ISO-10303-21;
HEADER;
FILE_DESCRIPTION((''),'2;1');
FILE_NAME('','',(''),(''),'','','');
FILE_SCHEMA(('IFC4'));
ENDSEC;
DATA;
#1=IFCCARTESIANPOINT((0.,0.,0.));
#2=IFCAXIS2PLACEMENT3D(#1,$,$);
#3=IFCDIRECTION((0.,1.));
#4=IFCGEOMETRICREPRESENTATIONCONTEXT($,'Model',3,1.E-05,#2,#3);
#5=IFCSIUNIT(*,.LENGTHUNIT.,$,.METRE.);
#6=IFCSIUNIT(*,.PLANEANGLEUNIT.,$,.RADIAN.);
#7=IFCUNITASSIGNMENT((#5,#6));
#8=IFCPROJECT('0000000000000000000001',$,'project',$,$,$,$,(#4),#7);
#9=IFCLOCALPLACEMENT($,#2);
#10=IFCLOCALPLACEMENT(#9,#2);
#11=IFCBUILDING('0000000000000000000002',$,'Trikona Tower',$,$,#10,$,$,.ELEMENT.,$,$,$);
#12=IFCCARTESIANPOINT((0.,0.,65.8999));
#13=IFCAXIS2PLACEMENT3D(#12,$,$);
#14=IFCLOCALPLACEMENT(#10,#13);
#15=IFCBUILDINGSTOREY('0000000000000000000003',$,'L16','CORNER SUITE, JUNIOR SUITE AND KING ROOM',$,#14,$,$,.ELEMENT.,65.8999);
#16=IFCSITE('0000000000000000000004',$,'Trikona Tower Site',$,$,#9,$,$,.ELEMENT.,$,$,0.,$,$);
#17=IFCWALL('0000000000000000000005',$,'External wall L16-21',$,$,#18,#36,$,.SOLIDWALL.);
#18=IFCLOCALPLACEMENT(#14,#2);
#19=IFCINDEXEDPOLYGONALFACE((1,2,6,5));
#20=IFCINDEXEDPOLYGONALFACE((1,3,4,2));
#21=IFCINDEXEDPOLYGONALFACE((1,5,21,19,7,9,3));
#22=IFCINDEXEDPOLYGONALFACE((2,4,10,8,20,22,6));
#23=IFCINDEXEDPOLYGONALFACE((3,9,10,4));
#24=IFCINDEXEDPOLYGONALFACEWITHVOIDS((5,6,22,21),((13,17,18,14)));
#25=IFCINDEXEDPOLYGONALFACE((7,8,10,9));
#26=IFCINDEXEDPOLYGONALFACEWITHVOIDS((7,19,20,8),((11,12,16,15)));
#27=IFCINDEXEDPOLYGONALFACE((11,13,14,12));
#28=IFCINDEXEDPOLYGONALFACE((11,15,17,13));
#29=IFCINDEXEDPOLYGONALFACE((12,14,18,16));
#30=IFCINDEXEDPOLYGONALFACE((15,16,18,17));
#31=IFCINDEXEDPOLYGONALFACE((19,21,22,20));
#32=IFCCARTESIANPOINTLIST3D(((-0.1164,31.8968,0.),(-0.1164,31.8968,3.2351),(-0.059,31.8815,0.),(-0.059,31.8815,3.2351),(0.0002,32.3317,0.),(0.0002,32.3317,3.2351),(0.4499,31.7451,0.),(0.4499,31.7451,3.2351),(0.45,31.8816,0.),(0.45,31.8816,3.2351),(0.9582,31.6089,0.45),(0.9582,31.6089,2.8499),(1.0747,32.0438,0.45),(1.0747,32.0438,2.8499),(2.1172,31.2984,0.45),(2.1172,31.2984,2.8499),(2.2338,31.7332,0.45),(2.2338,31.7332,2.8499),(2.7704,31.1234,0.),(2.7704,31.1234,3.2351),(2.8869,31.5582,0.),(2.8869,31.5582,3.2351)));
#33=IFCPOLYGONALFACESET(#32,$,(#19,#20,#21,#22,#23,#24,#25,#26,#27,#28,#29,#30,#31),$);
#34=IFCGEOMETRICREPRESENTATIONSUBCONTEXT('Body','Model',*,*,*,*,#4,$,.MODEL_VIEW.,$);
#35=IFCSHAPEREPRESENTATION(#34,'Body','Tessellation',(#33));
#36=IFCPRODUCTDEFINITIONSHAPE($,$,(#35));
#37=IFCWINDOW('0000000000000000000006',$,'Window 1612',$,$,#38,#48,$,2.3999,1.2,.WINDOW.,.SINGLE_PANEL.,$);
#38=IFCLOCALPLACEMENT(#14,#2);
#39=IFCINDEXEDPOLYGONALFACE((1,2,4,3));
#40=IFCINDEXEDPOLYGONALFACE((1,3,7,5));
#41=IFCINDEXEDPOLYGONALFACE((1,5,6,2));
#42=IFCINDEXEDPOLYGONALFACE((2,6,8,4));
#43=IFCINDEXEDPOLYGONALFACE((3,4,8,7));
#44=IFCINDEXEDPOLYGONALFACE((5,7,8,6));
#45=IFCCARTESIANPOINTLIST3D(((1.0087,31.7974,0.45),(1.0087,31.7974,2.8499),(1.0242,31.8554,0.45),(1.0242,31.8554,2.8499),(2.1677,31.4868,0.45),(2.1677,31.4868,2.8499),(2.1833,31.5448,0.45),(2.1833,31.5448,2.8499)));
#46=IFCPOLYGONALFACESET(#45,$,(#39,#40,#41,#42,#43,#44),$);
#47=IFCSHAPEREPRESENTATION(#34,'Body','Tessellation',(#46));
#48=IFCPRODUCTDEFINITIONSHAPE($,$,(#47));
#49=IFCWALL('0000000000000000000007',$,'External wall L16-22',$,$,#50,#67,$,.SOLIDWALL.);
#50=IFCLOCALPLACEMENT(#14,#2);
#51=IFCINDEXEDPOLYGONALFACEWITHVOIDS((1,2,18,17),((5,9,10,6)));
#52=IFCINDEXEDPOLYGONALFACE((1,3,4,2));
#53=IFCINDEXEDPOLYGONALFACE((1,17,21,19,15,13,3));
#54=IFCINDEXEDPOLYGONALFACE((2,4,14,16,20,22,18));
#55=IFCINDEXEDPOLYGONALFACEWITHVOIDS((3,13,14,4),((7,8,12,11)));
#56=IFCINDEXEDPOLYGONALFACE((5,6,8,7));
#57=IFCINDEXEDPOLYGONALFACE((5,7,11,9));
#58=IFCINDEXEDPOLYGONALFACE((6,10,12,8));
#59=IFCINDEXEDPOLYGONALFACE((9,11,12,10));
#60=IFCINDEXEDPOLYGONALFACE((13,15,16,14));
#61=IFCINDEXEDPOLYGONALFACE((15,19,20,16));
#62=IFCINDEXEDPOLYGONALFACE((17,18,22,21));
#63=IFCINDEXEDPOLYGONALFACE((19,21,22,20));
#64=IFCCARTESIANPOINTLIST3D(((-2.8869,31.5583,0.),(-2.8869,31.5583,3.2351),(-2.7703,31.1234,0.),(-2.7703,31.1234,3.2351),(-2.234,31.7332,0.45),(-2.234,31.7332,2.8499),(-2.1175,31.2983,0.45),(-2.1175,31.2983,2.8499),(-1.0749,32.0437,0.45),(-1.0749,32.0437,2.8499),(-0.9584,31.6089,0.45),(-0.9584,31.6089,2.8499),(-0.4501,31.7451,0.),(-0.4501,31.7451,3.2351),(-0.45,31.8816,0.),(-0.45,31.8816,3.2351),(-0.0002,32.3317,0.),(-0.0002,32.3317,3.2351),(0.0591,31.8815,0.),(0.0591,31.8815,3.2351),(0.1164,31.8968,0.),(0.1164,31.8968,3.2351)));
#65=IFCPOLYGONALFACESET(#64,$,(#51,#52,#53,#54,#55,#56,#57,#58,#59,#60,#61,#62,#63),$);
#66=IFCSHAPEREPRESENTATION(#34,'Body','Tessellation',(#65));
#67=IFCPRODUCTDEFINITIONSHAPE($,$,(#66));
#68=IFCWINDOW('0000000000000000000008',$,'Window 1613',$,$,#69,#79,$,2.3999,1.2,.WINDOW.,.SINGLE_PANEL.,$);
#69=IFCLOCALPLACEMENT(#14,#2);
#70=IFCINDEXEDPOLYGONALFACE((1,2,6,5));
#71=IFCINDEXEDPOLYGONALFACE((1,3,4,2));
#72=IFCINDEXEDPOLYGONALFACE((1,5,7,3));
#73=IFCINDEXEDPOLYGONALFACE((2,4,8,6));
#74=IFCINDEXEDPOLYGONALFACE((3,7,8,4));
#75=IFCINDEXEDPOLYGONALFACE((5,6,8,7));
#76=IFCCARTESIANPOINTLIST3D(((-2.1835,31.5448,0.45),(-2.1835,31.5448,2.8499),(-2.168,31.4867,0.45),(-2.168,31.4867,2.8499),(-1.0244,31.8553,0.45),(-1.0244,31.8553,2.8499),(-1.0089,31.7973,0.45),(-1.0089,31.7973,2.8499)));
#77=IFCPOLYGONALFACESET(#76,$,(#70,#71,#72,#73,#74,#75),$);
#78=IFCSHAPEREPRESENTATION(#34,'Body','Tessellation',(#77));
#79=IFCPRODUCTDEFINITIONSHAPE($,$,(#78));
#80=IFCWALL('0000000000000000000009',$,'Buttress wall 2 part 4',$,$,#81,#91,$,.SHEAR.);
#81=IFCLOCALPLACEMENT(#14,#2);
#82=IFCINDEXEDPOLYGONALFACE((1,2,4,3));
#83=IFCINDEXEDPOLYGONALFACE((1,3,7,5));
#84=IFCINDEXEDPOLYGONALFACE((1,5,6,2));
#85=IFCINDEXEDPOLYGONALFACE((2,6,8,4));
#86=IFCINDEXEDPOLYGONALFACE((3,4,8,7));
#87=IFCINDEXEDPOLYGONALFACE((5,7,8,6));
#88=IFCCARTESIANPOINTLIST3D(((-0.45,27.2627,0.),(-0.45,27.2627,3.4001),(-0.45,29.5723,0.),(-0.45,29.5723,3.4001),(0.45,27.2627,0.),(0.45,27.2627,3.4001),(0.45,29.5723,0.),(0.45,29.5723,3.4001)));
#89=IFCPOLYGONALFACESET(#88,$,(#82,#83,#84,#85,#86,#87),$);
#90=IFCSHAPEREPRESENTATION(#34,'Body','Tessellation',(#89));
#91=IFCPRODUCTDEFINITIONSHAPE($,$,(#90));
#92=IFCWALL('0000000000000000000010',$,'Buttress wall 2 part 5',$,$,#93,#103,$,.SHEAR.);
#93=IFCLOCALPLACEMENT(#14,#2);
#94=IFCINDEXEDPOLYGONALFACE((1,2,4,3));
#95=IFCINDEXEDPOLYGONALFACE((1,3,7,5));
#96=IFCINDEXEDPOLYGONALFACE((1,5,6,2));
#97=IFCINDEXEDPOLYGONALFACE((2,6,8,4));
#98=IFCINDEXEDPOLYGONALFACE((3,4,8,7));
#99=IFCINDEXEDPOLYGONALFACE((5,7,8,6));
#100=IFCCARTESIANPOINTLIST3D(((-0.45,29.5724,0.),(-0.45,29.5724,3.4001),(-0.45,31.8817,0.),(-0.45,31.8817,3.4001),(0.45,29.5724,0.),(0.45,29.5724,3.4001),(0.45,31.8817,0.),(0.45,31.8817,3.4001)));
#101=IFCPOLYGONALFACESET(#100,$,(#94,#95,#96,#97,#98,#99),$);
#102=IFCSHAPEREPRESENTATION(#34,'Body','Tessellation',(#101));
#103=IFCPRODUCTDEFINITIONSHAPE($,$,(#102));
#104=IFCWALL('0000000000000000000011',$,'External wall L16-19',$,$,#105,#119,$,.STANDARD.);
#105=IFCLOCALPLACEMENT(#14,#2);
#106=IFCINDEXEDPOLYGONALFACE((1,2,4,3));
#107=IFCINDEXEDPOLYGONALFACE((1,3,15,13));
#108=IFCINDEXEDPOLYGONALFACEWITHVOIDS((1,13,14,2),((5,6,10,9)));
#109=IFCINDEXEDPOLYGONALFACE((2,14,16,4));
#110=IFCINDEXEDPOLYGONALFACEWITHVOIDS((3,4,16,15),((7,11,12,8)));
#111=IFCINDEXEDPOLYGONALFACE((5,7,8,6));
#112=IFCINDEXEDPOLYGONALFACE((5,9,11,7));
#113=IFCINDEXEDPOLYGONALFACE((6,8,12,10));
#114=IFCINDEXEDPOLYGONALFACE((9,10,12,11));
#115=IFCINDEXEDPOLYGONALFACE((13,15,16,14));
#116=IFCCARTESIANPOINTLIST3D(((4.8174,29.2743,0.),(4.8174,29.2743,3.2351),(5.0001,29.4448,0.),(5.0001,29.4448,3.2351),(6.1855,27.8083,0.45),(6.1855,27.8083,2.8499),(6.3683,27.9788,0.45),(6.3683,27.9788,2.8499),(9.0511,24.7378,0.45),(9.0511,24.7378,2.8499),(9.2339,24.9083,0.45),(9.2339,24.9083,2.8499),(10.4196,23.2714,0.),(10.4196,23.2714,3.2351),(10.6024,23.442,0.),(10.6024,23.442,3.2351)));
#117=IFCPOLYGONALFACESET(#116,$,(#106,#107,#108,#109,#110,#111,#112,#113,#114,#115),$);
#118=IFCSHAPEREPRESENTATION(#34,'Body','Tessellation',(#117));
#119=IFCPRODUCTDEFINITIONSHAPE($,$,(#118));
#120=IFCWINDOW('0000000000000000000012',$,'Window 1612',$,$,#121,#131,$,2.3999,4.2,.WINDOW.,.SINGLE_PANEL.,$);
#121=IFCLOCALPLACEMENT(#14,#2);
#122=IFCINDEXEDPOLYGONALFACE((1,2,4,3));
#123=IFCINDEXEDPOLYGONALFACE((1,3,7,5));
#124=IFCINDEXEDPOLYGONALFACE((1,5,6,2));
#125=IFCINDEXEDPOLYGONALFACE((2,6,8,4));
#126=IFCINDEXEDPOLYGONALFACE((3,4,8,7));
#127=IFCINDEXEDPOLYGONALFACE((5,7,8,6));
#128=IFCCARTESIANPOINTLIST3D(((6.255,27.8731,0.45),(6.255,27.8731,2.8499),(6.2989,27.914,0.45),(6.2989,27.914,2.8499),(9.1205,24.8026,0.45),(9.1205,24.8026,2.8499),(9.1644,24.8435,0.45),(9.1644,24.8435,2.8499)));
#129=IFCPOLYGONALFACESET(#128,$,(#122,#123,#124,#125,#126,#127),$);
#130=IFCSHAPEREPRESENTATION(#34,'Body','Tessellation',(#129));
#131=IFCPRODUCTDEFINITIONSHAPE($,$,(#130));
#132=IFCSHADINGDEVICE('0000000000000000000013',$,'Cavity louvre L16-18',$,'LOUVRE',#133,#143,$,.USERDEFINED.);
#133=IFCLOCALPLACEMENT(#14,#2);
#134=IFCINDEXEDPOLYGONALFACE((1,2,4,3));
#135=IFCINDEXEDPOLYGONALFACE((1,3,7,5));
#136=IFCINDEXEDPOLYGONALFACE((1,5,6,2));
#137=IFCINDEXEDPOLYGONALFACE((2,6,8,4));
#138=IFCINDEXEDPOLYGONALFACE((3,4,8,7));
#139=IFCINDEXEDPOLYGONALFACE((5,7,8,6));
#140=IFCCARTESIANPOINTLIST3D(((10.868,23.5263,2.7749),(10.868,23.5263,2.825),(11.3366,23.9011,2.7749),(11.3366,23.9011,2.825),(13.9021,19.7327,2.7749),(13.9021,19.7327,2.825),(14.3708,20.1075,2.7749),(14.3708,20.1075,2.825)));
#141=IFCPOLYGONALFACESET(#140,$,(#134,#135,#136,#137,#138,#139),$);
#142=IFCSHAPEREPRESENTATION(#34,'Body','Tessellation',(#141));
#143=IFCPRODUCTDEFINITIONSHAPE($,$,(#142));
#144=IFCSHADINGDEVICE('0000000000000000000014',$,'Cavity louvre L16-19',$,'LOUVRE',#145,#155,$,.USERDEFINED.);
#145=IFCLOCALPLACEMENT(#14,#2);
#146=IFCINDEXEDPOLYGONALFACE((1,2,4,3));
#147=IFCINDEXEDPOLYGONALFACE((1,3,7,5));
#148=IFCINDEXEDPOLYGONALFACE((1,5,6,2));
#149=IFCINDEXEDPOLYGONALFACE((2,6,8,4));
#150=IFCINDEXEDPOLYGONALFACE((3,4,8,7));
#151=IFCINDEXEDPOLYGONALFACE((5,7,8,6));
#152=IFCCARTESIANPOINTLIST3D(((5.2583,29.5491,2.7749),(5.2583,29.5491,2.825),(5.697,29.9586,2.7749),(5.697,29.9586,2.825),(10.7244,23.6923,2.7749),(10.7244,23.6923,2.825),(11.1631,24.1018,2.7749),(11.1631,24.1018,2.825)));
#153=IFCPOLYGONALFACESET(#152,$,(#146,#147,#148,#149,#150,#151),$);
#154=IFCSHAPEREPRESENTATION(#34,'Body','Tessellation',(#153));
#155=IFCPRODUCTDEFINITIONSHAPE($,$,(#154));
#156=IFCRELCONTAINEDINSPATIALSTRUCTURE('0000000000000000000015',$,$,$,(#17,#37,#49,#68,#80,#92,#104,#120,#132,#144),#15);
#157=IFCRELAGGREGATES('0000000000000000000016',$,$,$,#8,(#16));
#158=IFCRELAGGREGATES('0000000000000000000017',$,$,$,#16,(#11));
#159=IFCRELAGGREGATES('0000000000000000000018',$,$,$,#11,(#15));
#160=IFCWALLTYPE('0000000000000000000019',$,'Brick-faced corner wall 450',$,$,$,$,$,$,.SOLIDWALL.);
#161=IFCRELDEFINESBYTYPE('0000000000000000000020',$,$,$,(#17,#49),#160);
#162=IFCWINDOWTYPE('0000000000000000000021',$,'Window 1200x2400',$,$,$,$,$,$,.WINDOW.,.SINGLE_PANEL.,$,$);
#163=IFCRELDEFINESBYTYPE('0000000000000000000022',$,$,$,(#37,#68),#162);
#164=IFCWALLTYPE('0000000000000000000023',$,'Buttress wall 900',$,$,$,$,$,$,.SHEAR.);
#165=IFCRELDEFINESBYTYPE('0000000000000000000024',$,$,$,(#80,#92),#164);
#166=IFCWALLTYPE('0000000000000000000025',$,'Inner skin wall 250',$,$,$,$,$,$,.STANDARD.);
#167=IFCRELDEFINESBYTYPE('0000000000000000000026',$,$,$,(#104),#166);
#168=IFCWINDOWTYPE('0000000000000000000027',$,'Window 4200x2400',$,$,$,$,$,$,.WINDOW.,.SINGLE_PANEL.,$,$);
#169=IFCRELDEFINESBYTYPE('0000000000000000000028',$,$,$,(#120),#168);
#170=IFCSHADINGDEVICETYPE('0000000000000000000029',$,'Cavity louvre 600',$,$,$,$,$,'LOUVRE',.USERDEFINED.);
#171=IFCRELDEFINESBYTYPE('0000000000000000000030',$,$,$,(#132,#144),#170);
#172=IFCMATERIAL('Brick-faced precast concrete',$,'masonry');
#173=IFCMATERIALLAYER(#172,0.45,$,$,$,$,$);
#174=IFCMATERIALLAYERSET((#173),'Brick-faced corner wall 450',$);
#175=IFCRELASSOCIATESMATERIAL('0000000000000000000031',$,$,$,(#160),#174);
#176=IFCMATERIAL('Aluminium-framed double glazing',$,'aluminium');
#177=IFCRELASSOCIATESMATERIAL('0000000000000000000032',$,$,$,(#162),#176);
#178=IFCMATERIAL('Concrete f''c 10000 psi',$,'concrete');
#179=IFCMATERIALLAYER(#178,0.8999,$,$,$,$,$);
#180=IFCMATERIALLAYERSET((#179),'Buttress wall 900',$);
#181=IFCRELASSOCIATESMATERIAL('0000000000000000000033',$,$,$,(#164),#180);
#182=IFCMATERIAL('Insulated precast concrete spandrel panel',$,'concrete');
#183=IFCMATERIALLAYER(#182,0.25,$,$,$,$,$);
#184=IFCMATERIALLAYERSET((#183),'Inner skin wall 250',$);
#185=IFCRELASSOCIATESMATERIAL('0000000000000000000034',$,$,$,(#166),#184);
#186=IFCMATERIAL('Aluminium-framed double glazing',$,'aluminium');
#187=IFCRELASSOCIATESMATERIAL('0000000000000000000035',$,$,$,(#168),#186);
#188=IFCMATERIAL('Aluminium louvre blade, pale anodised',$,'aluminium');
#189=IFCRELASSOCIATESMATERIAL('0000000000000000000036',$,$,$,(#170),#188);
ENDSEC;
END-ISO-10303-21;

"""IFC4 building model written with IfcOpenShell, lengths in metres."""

from ifc_helpers import new_model, si_unit, direction, frame, frame_2d, origin, origin_2d, place, context, subcontext, project, spatial, polyline, rectangle, outline, extrude, material, layer, layer_set, type_object, element, fill, save


model = new_model("IFC4")

# Units and contexts
model_context = context("Model", 3, precision=1e-05, world=origin(), true_north=direction((0.0, 1.0)))
body_context = subcontext(model_context, "Body", "Model", "MODEL_VIEW")
ifc_project = project(units=[si_unit("LENGTHUNIT", "METRE"), si_unit("PLANEANGLEUNIT", "RADIAN")], contexts=[model_context])

# Site, building, storey
site_placement = place(None, origin())
site = spatial("IfcSite", under=ifc_project, at=site_placement, Name="Trikona Tower Site", CompositionType="ELEMENT", RefElevation=0.0)
building_placement = place(site_placement, origin())
building = spatial("IfcBuilding", under=site, at=building_placement, Name="Trikona Tower", CompositionType="ELEMENT")
storey_placement = place(building_placement, frame((0.0, 0.0, 65.8999)))
storey = spatial("IfcBuildingStorey", under=building, at=storey_placement, Name="L16", Description="CORNER SUITE, JUNIOR SUITE AND KING ROOM", CompositionType="ELEMENT", Elevation=65.8999)

# Walls, openings, windows
ifc_material_1 = material(Name="Brick-faced precast concrete", Category="masonry")
ifc_layer_1 = layer(ifc_material_1, 0.45)
ifc_layer_set_1 = layer_set([ifc_layer_1], Name="Brick-faced corner wall 450")
wall_type_1 = type_object("IfcWallType", Name="Brick-faced corner wall 450", PredefinedType="SOLIDWALL", material=ifc_layer_set_1)
wall_1_placement = place(storey_placement, frame((2.8286, 31.3408, 0.0), z_axis=(0.0, 0.0, 1.0), x_axis=(-0.965931, 0.258801, 0.0)))
wall_1 = element("IfcWall", 1, at=wall_1_placement, inside=storey, type_object=wall_type_1, Name="External wall L16-21", PredefinedType="SOLIDWALL", context=body_context, shape_type="SweptSolid", body=[
    extrude(outline(polyline([(2.9885, 0.2251), (2.9292, 0.2251), (2.4375, 0.0933), (2.4023, 0.2251), (0.0, 0.2251), (0.0, -0.2251), (2.9885, -0.2251), (2.9885, 0.2251)])), origin(), (0.0, 0.0, 1.0), 3.2351),
])
opening_1_placement = place(wall_1_placement, frame((0.676, 0.0, 0.45)))
opening_1 = element("IfcOpeningElement", 2, at=opening_1_placement, cuts=wall_1, PredefinedType="OPENING", context=body_context, shape_type="SweptSolid", body=[
    extrude(rectangle(XDim=1.2, YDim=2.3999, at=frame_2d((0.6001, 1.2))), frame((0.0, 0.2349, 0.0), z_axis=(0.0, -1.0, 0.0), x_axis=(1.0, 0.0, 0.0)), (0.0, 0.0, 1.0), 0.47),
])
ifc_material_2 = material(Name="Aluminium-framed double glazing", Category="aluminium")
window_type_1 = type_object("IfcWindowType", Name="Window 1200x2400", PartitioningType="SINGLE_PANEL", PredefinedType="WINDOW", material=ifc_material_2)
window_1_placement = place(opening_1_placement, origin())
window_1 = element("IfcWindow", 3, at=window_1_placement, inside=storey, type_object=window_type_1, Name="Window 1612", OverallHeight=2.3999, OverallWidth=1.2, PartitioningType="SINGLE_PANEL", PredefinedType="WINDOW", context=body_context, shape_type="SweptSolid", body=[
    extrude(rectangle(XDim=1.2, YDim=2.3999, at=frame_2d((0.6001, 1.2))), frame((0.0, 0.03, 0.0), z_axis=(0.0, -1.0, 0.0), x_axis=(1.0, 0.0, 0.0)), (0.0, 0.0, 1.0), 0.0601),
])
fill(opening_1, window_1)
wall_2_placement = place(storey_placement, frame((0.0581, 32.1143, 0.0), z_axis=(0.0, 0.0, 1.0), x_axis=(-0.965931, -0.258801, 0.0)))
wall_2 = element("IfcWall", 4, at=wall_2_placement, inside=storey, type_object=wall_type_1, Name="External wall L16-22", PredefinedType="SOLIDWALL", context=body_context, shape_type="SweptSolid", body=[
    extrude(outline(polyline([(2.9885, 0.2251), (0.5864, 0.2251), (0.551, 0.0933), (0.0593, 0.2251), (0.0, 0.2251), (0.0, -0.2251), (2.9885, -0.2251), (2.9885, 0.2251)])), origin(), (0.0, 0.0, 1.0), 3.2351),
])
opening_2_placement = place(wall_2_placement, frame((1.1125, 0.0, 0.45)))
opening_2 = element("IfcOpeningElement", 5, at=opening_2_placement, cuts=wall_2, PredefinedType="OPENING", context=body_context, shape_type="SweptSolid", body=[
    extrude(rectangle(XDim=1.2, YDim=2.3999, at=frame_2d((0.6001, 1.2))), frame((0.0, 0.2349, 0.0), z_axis=(0.0, -1.0, 0.0), x_axis=(1.0, 0.0, 0.0)), (0.0, 0.0, 1.0), 0.47),
])
window_2_placement = place(opening_2_placement, origin())
window_2 = element("IfcWindow", 6, at=window_2_placement, inside=storey, type_object=window_type_1, Name="Window 1613", OverallHeight=2.3999, OverallWidth=1.2, PartitioningType="SINGLE_PANEL", PredefinedType="WINDOW", context=body_context, shape_type="SweptSolid", body=[
    extrude(rectangle(XDim=1.2, YDim=2.3999, at=frame_2d((0.6001, 1.2))), frame((0.0, 0.03, 0.0), z_axis=(0.0, -1.0, 0.0), x_axis=(1.0, 0.0, 0.0)), (0.0, 0.0, 1.0), 0.0601),
])
fill(opening_2, window_2)

# Walls
ifc_material_3 = material(Name="Concrete f'c 10000 psi", Category="concrete")
ifc_layer_2 = layer(ifc_material_3, 0.8999)
ifc_layer_set_2 = layer_set([ifc_layer_2], Name="Buttress wall 900")
wall_type_2 = type_object("IfcWallType", Name="Buttress wall 900", PredefinedType="SHEAR", material=ifc_layer_set_2)
wall_3_placement = place(storey_placement, frame((0.0, 27.2627, 0.0), z_axis=(0.0, 0.0, 1.0), x_axis=(0.0, 1.0, 0.0)))
element("IfcWall", 7, at=wall_3_placement, inside=storey, type_object=wall_type_2, Name="Buttress wall 2 part 4", PredefinedType="SHEAR", context=body_context, shape_type="SweptSolid", body=[
    extrude(rectangle(XDim=2.3096, YDim=0.8999, at=frame_2d((1.1548, 0.0))), origin(), (0.0, 0.0, 1.0), 3.4001),
])
wall_4_placement = place(storey_placement, frame((0.0, 29.5723, 0.0), z_axis=(0.0, 0.0, 1.0), x_axis=(0.0, 1.0, 0.0)))
element("IfcWall", 8, at=wall_4_placement, inside=storey, type_object=wall_type_2, Name="Buttress wall 2 part 5", PredefinedType="SHEAR", context=body_context, shape_type="SweptSolid", body=[
    extrude(rectangle(XDim=2.3093, YDim=0.8999, at=frame_2d((1.1548, 0.0))), origin(), (0.0, 0.0, 1.0), 3.4001),
])

# Wall, opening, window
ifc_material_4 = material(Name="Insulated precast concrete spandrel panel", Category="concrete")
ifc_layer_3 = layer(ifc_material_4, 0.25)
ifc_layer_set_3 = layer_set([ifc_layer_3], Name="Inner skin wall 250")
wall_type_3 = type_object("IfcWallType", Name="Inner skin wall 250", PredefinedType="STANDARD", material=ifc_layer_set_3)
wall_5_placement = place(storey_placement, frame((10.511, 23.3567, 0.0), z_axis=(0.0, 0.0, 1.0), x_axis=(-0.68229, 0.731082, 0.0)))
wall_5 = element("IfcWall", 9, at=wall_5_placement, inside=storey, type_object=wall_type_3, Name="External wall L16-19", PredefinedType="STANDARD", context=body_context, shape_type="SweptSolid", body=[
    extrude(rectangle(XDim=8.2109, YDim=0.25, at=frame_2d((4.1055, 0.0))), origin(), (0.0, 0.0, 1.0), 3.2351),
])
opening_3_placement = place(wall_5_placement, frame((2.0056, 0.0, 0.45)))
opening_3 = element("IfcOpeningElement", 10, at=opening_3_placement, cuts=wall_5, PredefinedType="OPENING", context=body_context, shape_type="SweptSolid", body=[
    extrude(rectangle(XDim=4.2, YDim=2.3999, at=frame_2d((2.1001, 1.2))), frame((0.0, 0.135, 0.0), z_axis=(0.0, -1.0, 0.0), x_axis=(1.0, 0.0, 0.0)), (0.0, 0.0, 1.0), 0.27),
])
ifc_material_5 = material(Name="Aluminium-framed double glazing", Category="aluminium")
window_type_2 = type_object("IfcWindowType", Name="Window 4200x2400", PartitioningType="SINGLE_PANEL", PredefinedType="WINDOW", material=ifc_material_5)
window_3_placement = place(opening_3_placement, origin())
window_3 = element("IfcWindow", 11, at=window_3_placement, inside=storey, type_object=window_type_2, Name="Window 1612", OverallHeight=2.3999, OverallWidth=4.2, PartitioningType="SINGLE_PANEL", PredefinedType="WINDOW", context=body_context, shape_type="SweptSolid", body=[
    extrude(rectangle(XDim=4.2, YDim=2.3999, at=frame_2d((2.1001, 1.2))), frame((0.0, 0.03, 0.0), z_axis=(0.0, -1.0, 0.0), x_axis=(1.0, 0.0, 0.0)), (0.0, 0.0, 1.0), 0.0601),
])
fill(opening_3, window_3)

# Shading devices
ifc_material_6 = material(Name="Aluminium louvre blade, pale anodised", Category="aluminium")
shading_device_type = type_object("IfcShadingDeviceType", Name="Cavity louvre 600", ElementType="LOUVRE", PredefinedType="USERDEFINED", material=ifc_material_6)
shading_device_1_placement = place(storey_placement, frame((12.6194, 21.8169, 2.7749), z_axis=(0.0, 0.0, 1.0), x_axis=(-0.624604, 0.780942, 0.0)))
element("IfcShadingDevice", 12, at=shading_device_1_placement, inside=storey, type_object=shading_device_type, Name="Cavity louvre L16-18", ObjectType="LOUVRE", PredefinedType="USERDEFINED", context=body_context, shape_type="SweptSolid", body=[
    extrude(rectangle(XDim=4.8577, YDim=0.6001, at=origin_2d()), origin(), (0.0, 0.0, 1.0), 0.05),
])
shading_device_2_placement = place(storey_placement, frame((8.2107, 26.8254, 2.7749), z_axis=(0.0, 0.0, 1.0), x_axis=(-0.682298, 0.731074, 0.0)))
element("IfcShadingDevice", 13, at=shading_device_2_placement, inside=storey, type_object=shading_device_type, Name="Cavity louvre L16-19", ObjectType="LOUVRE", PredefinedType="USERDEFINED", context=body_context, shape_type="SweptSolid", body=[
    extrude(rectangle(XDim=8.0112, YDim=0.6001, at=origin_2d()), origin(), (0.0, 0.0, 1.0), 0.05),
])

save(model, "model.ifc")
